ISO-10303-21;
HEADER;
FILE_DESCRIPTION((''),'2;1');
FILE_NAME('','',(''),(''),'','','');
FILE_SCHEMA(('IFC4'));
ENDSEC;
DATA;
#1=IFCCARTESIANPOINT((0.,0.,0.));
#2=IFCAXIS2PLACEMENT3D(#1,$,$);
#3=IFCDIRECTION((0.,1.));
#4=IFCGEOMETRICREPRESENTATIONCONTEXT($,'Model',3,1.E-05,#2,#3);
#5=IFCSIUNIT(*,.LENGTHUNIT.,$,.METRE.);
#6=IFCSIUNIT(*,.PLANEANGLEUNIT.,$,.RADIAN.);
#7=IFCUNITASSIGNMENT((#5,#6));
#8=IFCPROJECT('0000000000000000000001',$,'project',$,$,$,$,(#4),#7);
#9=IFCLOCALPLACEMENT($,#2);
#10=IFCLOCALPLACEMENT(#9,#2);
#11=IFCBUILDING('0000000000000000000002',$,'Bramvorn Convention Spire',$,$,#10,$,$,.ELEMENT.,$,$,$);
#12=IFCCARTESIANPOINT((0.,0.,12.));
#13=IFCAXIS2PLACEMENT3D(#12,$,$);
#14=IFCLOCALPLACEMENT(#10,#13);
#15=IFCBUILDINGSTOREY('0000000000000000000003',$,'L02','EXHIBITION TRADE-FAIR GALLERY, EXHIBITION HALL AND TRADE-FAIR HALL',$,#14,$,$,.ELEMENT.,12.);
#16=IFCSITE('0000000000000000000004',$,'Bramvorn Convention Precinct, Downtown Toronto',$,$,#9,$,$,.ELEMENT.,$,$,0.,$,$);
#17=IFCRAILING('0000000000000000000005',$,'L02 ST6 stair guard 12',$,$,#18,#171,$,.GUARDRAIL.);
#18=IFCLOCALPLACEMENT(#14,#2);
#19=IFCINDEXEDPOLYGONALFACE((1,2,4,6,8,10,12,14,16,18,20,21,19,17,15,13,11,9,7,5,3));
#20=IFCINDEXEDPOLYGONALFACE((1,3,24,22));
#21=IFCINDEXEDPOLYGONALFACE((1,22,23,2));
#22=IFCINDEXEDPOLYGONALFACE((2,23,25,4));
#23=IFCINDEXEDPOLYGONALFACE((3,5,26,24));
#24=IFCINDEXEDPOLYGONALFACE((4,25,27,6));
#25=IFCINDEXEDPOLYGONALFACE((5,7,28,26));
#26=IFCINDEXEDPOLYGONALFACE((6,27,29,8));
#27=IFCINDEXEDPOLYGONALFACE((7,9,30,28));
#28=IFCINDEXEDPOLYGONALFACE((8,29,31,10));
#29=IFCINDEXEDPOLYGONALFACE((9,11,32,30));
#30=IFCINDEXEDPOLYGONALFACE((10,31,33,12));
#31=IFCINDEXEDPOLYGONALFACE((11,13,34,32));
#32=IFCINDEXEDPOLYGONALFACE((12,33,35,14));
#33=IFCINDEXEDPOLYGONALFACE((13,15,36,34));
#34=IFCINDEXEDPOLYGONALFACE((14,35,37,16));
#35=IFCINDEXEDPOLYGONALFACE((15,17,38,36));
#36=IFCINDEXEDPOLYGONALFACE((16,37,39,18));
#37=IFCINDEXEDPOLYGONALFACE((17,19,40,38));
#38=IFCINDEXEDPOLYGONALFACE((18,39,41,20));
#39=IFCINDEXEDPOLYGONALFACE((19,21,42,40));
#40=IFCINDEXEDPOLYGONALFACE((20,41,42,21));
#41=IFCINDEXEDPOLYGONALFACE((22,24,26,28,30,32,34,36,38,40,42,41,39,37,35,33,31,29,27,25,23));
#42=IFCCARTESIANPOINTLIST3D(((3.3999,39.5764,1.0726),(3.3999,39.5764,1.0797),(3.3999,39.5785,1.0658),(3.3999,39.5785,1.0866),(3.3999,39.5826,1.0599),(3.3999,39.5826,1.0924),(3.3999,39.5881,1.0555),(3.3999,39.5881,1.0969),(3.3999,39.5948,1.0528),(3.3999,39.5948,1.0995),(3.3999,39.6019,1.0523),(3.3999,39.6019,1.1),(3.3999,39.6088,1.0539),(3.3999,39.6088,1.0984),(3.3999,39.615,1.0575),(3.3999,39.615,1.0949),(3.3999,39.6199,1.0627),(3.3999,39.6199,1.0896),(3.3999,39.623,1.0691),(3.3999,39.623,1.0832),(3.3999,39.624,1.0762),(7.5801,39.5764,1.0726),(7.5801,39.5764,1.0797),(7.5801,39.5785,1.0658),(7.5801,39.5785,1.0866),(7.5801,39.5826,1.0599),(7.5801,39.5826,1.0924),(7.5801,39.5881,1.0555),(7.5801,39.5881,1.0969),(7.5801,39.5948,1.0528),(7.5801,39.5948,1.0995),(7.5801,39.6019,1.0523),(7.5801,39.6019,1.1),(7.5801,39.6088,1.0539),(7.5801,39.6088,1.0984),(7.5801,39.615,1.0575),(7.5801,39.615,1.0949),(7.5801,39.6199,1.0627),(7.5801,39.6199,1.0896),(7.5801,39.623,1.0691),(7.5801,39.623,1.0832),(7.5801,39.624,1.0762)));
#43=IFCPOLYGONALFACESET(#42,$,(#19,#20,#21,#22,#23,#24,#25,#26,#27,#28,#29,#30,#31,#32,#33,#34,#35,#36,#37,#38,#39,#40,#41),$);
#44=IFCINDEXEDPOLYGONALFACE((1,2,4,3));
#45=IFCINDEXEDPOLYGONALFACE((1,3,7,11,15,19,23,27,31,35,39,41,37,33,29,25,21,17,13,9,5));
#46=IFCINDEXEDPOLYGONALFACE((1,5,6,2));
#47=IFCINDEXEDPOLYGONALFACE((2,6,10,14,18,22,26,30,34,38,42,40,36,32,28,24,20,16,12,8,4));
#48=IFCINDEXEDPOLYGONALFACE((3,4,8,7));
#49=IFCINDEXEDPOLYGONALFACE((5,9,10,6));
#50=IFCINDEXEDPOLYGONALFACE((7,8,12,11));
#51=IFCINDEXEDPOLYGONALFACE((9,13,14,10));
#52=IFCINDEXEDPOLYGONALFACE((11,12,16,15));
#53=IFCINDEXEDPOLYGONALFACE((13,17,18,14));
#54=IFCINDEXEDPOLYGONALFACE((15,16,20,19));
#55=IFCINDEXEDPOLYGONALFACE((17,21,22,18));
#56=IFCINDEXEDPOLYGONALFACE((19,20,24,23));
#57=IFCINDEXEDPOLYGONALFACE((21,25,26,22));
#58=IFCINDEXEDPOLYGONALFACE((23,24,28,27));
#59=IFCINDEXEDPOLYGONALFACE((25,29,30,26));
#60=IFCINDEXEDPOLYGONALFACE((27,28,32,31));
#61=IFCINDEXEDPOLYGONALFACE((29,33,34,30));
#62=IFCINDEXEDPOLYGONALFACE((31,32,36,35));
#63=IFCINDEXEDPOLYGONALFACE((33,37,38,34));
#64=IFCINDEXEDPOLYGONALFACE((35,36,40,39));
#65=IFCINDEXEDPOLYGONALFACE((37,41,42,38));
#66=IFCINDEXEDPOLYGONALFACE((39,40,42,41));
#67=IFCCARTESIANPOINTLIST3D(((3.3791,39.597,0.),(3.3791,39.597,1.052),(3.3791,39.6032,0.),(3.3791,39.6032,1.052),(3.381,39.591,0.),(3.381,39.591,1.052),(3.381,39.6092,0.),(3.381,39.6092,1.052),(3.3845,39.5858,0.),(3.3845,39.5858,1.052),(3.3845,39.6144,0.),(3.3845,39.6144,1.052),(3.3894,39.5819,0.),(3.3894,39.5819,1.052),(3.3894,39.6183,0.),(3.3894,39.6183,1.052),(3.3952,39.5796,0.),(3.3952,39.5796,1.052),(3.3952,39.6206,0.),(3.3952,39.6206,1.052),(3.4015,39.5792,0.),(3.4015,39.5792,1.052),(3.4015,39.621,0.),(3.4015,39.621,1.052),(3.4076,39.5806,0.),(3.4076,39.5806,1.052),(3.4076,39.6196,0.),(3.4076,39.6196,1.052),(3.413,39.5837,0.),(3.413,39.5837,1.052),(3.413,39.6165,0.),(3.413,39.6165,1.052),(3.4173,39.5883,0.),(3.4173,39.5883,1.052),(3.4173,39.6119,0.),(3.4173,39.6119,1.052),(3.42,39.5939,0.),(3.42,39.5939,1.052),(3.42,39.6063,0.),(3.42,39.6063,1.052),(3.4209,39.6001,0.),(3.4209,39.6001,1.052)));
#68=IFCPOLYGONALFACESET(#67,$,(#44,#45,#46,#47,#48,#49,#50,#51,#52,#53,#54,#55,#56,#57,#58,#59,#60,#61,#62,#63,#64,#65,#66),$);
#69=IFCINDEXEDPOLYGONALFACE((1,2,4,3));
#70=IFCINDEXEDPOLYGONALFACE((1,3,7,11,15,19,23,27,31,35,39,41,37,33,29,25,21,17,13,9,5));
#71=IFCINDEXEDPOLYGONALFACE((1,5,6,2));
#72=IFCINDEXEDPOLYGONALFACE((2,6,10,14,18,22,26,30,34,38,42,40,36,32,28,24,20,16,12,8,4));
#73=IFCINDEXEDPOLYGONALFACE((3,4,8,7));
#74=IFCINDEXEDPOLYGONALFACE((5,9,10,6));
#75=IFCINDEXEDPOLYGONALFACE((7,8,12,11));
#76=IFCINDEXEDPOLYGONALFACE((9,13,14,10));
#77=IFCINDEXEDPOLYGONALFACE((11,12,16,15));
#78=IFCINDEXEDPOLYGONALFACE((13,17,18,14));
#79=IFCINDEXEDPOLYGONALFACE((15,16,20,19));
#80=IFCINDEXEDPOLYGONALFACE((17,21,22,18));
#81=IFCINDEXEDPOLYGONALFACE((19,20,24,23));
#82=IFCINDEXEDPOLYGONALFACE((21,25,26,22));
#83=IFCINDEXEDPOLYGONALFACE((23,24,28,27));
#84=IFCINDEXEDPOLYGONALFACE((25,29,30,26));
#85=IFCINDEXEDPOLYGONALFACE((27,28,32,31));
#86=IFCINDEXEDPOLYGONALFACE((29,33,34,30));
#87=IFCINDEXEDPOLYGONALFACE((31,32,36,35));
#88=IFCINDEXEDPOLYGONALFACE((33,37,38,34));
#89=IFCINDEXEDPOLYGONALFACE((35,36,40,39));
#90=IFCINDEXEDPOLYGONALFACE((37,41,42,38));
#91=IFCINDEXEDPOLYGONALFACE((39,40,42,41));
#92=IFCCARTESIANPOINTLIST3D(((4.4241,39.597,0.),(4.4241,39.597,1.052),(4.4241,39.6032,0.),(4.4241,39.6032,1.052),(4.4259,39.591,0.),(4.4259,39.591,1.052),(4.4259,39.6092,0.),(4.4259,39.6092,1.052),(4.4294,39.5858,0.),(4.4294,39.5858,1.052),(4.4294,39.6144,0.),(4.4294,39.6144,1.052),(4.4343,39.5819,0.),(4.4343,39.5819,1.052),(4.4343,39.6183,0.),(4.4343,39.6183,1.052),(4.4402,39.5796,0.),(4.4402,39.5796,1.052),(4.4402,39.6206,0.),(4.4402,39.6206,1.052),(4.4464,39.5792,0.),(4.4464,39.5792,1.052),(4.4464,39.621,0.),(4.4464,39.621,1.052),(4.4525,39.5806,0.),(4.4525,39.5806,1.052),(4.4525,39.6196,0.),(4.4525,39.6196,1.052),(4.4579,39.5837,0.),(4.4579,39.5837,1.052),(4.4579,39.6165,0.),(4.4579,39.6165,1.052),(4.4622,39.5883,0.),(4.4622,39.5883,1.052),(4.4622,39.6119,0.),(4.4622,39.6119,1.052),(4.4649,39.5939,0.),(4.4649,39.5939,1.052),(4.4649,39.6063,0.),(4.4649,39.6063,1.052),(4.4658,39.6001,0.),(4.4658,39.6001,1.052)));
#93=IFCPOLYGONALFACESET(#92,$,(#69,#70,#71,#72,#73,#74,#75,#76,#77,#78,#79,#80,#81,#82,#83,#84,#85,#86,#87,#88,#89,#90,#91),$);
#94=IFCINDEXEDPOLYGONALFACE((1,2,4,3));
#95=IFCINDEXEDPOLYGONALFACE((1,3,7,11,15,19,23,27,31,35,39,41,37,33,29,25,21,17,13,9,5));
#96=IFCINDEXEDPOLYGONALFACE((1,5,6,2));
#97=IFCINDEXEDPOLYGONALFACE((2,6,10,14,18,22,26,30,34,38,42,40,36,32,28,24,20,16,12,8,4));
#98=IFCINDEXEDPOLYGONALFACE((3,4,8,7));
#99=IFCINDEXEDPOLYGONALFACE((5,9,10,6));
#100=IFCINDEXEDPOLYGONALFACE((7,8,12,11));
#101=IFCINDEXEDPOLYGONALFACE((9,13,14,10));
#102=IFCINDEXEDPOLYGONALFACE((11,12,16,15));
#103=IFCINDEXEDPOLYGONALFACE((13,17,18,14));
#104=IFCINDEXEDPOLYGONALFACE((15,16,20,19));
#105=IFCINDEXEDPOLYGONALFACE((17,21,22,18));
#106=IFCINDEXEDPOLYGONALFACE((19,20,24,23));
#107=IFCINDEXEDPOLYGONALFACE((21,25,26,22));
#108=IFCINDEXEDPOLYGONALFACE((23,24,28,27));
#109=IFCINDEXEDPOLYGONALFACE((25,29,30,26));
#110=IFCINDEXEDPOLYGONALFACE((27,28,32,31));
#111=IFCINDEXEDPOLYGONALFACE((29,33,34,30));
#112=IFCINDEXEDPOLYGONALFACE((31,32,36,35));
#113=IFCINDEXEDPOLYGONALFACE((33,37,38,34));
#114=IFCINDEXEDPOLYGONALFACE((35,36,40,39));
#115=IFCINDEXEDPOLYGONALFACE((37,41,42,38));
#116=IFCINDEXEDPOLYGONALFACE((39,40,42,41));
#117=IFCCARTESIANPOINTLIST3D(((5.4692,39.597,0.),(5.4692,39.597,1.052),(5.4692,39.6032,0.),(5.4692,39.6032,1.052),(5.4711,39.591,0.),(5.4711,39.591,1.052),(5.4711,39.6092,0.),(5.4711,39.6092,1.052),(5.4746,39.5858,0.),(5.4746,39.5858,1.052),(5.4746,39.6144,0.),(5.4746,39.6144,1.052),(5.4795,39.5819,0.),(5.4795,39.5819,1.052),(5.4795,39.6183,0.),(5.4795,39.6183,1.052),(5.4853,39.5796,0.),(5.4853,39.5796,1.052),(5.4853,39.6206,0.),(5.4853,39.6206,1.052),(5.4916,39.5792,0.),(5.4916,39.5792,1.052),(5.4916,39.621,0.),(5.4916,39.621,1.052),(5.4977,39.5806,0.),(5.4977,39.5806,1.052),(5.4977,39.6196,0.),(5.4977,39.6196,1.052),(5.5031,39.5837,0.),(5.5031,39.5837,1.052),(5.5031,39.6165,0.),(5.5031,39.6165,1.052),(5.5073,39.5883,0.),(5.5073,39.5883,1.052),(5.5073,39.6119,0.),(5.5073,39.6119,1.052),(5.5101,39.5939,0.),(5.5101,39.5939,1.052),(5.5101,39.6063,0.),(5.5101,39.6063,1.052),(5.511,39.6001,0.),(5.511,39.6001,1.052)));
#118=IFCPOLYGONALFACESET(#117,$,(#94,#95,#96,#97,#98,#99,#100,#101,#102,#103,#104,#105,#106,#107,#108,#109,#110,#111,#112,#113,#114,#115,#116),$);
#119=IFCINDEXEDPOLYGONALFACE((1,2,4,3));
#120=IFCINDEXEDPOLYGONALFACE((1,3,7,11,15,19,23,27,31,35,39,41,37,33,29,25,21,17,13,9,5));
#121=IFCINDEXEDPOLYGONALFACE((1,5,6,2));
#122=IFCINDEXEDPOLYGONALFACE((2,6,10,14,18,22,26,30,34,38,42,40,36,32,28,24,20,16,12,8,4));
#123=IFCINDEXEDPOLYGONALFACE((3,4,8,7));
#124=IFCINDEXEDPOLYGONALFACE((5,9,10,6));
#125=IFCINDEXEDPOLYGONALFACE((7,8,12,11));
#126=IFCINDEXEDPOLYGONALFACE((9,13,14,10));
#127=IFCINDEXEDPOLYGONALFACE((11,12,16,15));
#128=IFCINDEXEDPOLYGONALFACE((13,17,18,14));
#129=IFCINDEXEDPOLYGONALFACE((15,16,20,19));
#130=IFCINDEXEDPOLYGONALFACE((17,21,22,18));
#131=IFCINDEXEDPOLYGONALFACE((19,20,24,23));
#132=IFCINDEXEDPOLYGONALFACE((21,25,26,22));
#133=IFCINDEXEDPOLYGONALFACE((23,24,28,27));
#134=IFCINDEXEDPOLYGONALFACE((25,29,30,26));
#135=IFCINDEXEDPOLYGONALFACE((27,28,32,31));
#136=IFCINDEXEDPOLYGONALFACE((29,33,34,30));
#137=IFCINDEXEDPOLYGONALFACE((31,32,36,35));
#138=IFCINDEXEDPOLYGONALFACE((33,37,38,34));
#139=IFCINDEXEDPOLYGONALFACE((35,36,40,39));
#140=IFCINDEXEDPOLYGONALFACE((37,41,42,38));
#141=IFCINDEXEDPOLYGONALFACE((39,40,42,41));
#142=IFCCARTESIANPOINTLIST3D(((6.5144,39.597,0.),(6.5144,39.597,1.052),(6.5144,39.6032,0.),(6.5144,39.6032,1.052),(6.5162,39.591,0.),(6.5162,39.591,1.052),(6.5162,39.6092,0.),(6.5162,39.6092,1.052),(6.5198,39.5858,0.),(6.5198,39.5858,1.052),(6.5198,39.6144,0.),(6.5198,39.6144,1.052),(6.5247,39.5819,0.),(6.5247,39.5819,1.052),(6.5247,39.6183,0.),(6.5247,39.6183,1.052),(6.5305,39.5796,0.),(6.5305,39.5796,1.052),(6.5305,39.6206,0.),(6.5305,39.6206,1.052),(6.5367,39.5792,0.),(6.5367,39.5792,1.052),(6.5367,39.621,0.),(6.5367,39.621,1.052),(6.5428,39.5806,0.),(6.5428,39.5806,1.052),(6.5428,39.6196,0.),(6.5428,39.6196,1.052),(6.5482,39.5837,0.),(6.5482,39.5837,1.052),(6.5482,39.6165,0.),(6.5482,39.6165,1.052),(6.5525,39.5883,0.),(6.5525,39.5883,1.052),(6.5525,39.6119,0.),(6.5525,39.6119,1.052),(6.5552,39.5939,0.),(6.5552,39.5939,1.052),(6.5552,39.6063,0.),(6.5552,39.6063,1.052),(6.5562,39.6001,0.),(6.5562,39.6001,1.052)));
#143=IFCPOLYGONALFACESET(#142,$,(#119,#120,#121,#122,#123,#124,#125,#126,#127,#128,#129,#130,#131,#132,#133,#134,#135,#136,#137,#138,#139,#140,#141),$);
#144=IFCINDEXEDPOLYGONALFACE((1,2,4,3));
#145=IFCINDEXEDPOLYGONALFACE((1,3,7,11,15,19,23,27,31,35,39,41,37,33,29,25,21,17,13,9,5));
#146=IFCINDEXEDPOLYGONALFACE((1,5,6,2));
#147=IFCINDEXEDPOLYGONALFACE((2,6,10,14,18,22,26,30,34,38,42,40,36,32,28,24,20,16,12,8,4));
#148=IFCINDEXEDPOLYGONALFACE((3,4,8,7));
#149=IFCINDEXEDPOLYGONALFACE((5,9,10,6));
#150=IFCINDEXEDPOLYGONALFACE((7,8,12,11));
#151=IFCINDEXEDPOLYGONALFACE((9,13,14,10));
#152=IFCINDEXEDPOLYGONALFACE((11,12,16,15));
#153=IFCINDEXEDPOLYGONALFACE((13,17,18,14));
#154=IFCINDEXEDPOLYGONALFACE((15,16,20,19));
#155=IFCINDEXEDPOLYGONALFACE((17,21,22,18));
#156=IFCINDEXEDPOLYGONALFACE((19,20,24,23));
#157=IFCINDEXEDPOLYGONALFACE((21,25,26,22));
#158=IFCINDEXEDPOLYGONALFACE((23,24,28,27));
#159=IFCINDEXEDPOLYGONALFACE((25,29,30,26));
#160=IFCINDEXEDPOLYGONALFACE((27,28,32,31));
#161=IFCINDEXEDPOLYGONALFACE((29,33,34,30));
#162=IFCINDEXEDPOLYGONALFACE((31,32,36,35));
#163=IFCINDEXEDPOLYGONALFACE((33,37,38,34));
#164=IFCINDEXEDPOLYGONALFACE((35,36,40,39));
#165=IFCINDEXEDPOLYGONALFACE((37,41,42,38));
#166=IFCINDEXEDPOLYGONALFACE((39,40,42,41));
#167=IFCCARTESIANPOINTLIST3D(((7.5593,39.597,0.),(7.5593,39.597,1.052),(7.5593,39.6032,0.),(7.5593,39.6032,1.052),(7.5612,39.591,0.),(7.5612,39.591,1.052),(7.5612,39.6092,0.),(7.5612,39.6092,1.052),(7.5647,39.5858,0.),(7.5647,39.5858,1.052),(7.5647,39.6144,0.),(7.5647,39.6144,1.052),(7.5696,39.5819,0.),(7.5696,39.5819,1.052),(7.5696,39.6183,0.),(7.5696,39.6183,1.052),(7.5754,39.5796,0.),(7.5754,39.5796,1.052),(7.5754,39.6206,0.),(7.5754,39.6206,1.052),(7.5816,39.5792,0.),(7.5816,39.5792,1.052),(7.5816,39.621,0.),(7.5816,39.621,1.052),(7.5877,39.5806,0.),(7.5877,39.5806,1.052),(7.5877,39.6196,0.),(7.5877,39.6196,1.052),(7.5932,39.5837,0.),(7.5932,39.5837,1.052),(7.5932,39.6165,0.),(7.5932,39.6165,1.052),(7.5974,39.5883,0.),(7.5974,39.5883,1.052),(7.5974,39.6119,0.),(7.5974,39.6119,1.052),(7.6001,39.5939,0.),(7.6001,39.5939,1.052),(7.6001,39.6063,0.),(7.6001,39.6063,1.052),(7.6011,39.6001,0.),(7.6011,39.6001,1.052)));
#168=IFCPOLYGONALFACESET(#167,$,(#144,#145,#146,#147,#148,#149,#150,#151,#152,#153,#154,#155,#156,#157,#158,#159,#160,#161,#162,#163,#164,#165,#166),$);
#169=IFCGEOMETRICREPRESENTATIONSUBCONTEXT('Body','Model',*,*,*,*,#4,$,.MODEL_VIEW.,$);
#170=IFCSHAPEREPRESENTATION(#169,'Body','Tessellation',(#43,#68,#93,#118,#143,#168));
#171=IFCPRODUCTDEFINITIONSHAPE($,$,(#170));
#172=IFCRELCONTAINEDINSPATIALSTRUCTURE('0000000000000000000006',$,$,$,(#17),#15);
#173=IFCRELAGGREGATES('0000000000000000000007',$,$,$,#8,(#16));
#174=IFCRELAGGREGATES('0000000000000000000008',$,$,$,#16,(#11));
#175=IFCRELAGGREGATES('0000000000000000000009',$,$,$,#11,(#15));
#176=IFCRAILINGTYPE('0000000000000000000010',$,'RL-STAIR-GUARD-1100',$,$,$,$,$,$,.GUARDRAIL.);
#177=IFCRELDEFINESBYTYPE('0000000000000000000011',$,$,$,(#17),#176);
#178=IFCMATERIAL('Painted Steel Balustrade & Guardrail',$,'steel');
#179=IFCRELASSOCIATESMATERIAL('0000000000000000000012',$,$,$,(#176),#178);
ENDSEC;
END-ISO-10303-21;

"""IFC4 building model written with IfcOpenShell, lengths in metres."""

from ifc_helpers import new_model, si_unit, direction, frame, origin, origin_2d, place, context, subcontext, project, spatial, circle, extrude, material, type_object, element, save


model = new_model("IFC4")

# Units and contexts
model_context = context("Model", 3, precision=1e-05, world=origin(), true_north=direction((0.0, 1.0)))
body_context = subcontext(model_context, "Body", "Model", "MODEL_VIEW")
ifc_project = project(units=[si_unit("LENGTHUNIT", "METRE"), si_unit("PLANEANGLEUNIT", "RADIAN")], contexts=[model_context])

# Site, building, storey
site_placement = place(None, origin())
site = spatial("IfcSite", under=ifc_project, at=site_placement, Name="Bramvorn Convention Precinct, Downtown Toronto", CompositionType="ELEMENT", RefElevation=0.0)
building_placement = place(site_placement, origin())
building = spatial("IfcBuilding", under=site, at=building_placement, Name="Bramvorn Convention Spire", CompositionType="ELEMENT")
storey_placement = place(building_placement, frame((0.0, 0.0, 12.0)))
storey = spatial("IfcBuildingStorey", under=building, at=storey_placement, Name="L02", Description="EXHIBITION TRADE-FAIR GALLERY, EXHIBITION HALL AND TRADE-FAIR HALL", CompositionType="ELEMENT", Elevation=12.0)

# Railing
ifc_material_1 = material(Name="Painted Steel Balustrade & Guardrail", Category="steel")
railing_type = type_object("IfcRailingType", Name="RL-STAIR-GUARD-1100", PredefinedType="GUARDRAIL", material=ifc_material_1)
railing_1_placement = place(storey_placement, frame((3.3999, 39.6001, 0.0)))
element("IfcRailing", 1, at=railing_1_placement, inside=storey, type_object=railing_type, Name="L02 ST6 stair guard 12", PredefinedType="GUARDRAIL", context=body_context, shape_type="SweptSolid", body=[
    extrude(circle(Radius=0.0239, at=origin_2d()), frame((0.0, 0.0, 1.0762), z_axis=(1.0, 0.0, 0.0), x_axis=(0.0, 1.0, 0.0)), (0.0, 0.0, 1.0), 4.1802),
    extrude(circle(Radius=0.021, at=origin_2d()), origin(), (0.0, 0.0, 1.0), 1.052),
    extrude(circle(Radius=0.021, at=origin_2d()), frame((1.0449, 0.0, 0.0)), (0.0, 0.0, 1.0), 1.052),
    extrude(circle(Radius=0.021, at=origin_2d()), frame((2.0901, 0.0, 0.0)), (0.0, 0.0, 1.0), 1.052),
    extrude(circle(Radius=0.021, at=origin_2d()), frame((3.1353, 0.0, 0.0)), (0.0, 0.0, 1.0), 1.052),
    extrude(circle(Radius=0.021, at=origin_2d()), frame((4.1802, 0.0, 0.0)), (0.0, 0.0, 1.0), 1.052),
])

save(model, "model.ifc")
